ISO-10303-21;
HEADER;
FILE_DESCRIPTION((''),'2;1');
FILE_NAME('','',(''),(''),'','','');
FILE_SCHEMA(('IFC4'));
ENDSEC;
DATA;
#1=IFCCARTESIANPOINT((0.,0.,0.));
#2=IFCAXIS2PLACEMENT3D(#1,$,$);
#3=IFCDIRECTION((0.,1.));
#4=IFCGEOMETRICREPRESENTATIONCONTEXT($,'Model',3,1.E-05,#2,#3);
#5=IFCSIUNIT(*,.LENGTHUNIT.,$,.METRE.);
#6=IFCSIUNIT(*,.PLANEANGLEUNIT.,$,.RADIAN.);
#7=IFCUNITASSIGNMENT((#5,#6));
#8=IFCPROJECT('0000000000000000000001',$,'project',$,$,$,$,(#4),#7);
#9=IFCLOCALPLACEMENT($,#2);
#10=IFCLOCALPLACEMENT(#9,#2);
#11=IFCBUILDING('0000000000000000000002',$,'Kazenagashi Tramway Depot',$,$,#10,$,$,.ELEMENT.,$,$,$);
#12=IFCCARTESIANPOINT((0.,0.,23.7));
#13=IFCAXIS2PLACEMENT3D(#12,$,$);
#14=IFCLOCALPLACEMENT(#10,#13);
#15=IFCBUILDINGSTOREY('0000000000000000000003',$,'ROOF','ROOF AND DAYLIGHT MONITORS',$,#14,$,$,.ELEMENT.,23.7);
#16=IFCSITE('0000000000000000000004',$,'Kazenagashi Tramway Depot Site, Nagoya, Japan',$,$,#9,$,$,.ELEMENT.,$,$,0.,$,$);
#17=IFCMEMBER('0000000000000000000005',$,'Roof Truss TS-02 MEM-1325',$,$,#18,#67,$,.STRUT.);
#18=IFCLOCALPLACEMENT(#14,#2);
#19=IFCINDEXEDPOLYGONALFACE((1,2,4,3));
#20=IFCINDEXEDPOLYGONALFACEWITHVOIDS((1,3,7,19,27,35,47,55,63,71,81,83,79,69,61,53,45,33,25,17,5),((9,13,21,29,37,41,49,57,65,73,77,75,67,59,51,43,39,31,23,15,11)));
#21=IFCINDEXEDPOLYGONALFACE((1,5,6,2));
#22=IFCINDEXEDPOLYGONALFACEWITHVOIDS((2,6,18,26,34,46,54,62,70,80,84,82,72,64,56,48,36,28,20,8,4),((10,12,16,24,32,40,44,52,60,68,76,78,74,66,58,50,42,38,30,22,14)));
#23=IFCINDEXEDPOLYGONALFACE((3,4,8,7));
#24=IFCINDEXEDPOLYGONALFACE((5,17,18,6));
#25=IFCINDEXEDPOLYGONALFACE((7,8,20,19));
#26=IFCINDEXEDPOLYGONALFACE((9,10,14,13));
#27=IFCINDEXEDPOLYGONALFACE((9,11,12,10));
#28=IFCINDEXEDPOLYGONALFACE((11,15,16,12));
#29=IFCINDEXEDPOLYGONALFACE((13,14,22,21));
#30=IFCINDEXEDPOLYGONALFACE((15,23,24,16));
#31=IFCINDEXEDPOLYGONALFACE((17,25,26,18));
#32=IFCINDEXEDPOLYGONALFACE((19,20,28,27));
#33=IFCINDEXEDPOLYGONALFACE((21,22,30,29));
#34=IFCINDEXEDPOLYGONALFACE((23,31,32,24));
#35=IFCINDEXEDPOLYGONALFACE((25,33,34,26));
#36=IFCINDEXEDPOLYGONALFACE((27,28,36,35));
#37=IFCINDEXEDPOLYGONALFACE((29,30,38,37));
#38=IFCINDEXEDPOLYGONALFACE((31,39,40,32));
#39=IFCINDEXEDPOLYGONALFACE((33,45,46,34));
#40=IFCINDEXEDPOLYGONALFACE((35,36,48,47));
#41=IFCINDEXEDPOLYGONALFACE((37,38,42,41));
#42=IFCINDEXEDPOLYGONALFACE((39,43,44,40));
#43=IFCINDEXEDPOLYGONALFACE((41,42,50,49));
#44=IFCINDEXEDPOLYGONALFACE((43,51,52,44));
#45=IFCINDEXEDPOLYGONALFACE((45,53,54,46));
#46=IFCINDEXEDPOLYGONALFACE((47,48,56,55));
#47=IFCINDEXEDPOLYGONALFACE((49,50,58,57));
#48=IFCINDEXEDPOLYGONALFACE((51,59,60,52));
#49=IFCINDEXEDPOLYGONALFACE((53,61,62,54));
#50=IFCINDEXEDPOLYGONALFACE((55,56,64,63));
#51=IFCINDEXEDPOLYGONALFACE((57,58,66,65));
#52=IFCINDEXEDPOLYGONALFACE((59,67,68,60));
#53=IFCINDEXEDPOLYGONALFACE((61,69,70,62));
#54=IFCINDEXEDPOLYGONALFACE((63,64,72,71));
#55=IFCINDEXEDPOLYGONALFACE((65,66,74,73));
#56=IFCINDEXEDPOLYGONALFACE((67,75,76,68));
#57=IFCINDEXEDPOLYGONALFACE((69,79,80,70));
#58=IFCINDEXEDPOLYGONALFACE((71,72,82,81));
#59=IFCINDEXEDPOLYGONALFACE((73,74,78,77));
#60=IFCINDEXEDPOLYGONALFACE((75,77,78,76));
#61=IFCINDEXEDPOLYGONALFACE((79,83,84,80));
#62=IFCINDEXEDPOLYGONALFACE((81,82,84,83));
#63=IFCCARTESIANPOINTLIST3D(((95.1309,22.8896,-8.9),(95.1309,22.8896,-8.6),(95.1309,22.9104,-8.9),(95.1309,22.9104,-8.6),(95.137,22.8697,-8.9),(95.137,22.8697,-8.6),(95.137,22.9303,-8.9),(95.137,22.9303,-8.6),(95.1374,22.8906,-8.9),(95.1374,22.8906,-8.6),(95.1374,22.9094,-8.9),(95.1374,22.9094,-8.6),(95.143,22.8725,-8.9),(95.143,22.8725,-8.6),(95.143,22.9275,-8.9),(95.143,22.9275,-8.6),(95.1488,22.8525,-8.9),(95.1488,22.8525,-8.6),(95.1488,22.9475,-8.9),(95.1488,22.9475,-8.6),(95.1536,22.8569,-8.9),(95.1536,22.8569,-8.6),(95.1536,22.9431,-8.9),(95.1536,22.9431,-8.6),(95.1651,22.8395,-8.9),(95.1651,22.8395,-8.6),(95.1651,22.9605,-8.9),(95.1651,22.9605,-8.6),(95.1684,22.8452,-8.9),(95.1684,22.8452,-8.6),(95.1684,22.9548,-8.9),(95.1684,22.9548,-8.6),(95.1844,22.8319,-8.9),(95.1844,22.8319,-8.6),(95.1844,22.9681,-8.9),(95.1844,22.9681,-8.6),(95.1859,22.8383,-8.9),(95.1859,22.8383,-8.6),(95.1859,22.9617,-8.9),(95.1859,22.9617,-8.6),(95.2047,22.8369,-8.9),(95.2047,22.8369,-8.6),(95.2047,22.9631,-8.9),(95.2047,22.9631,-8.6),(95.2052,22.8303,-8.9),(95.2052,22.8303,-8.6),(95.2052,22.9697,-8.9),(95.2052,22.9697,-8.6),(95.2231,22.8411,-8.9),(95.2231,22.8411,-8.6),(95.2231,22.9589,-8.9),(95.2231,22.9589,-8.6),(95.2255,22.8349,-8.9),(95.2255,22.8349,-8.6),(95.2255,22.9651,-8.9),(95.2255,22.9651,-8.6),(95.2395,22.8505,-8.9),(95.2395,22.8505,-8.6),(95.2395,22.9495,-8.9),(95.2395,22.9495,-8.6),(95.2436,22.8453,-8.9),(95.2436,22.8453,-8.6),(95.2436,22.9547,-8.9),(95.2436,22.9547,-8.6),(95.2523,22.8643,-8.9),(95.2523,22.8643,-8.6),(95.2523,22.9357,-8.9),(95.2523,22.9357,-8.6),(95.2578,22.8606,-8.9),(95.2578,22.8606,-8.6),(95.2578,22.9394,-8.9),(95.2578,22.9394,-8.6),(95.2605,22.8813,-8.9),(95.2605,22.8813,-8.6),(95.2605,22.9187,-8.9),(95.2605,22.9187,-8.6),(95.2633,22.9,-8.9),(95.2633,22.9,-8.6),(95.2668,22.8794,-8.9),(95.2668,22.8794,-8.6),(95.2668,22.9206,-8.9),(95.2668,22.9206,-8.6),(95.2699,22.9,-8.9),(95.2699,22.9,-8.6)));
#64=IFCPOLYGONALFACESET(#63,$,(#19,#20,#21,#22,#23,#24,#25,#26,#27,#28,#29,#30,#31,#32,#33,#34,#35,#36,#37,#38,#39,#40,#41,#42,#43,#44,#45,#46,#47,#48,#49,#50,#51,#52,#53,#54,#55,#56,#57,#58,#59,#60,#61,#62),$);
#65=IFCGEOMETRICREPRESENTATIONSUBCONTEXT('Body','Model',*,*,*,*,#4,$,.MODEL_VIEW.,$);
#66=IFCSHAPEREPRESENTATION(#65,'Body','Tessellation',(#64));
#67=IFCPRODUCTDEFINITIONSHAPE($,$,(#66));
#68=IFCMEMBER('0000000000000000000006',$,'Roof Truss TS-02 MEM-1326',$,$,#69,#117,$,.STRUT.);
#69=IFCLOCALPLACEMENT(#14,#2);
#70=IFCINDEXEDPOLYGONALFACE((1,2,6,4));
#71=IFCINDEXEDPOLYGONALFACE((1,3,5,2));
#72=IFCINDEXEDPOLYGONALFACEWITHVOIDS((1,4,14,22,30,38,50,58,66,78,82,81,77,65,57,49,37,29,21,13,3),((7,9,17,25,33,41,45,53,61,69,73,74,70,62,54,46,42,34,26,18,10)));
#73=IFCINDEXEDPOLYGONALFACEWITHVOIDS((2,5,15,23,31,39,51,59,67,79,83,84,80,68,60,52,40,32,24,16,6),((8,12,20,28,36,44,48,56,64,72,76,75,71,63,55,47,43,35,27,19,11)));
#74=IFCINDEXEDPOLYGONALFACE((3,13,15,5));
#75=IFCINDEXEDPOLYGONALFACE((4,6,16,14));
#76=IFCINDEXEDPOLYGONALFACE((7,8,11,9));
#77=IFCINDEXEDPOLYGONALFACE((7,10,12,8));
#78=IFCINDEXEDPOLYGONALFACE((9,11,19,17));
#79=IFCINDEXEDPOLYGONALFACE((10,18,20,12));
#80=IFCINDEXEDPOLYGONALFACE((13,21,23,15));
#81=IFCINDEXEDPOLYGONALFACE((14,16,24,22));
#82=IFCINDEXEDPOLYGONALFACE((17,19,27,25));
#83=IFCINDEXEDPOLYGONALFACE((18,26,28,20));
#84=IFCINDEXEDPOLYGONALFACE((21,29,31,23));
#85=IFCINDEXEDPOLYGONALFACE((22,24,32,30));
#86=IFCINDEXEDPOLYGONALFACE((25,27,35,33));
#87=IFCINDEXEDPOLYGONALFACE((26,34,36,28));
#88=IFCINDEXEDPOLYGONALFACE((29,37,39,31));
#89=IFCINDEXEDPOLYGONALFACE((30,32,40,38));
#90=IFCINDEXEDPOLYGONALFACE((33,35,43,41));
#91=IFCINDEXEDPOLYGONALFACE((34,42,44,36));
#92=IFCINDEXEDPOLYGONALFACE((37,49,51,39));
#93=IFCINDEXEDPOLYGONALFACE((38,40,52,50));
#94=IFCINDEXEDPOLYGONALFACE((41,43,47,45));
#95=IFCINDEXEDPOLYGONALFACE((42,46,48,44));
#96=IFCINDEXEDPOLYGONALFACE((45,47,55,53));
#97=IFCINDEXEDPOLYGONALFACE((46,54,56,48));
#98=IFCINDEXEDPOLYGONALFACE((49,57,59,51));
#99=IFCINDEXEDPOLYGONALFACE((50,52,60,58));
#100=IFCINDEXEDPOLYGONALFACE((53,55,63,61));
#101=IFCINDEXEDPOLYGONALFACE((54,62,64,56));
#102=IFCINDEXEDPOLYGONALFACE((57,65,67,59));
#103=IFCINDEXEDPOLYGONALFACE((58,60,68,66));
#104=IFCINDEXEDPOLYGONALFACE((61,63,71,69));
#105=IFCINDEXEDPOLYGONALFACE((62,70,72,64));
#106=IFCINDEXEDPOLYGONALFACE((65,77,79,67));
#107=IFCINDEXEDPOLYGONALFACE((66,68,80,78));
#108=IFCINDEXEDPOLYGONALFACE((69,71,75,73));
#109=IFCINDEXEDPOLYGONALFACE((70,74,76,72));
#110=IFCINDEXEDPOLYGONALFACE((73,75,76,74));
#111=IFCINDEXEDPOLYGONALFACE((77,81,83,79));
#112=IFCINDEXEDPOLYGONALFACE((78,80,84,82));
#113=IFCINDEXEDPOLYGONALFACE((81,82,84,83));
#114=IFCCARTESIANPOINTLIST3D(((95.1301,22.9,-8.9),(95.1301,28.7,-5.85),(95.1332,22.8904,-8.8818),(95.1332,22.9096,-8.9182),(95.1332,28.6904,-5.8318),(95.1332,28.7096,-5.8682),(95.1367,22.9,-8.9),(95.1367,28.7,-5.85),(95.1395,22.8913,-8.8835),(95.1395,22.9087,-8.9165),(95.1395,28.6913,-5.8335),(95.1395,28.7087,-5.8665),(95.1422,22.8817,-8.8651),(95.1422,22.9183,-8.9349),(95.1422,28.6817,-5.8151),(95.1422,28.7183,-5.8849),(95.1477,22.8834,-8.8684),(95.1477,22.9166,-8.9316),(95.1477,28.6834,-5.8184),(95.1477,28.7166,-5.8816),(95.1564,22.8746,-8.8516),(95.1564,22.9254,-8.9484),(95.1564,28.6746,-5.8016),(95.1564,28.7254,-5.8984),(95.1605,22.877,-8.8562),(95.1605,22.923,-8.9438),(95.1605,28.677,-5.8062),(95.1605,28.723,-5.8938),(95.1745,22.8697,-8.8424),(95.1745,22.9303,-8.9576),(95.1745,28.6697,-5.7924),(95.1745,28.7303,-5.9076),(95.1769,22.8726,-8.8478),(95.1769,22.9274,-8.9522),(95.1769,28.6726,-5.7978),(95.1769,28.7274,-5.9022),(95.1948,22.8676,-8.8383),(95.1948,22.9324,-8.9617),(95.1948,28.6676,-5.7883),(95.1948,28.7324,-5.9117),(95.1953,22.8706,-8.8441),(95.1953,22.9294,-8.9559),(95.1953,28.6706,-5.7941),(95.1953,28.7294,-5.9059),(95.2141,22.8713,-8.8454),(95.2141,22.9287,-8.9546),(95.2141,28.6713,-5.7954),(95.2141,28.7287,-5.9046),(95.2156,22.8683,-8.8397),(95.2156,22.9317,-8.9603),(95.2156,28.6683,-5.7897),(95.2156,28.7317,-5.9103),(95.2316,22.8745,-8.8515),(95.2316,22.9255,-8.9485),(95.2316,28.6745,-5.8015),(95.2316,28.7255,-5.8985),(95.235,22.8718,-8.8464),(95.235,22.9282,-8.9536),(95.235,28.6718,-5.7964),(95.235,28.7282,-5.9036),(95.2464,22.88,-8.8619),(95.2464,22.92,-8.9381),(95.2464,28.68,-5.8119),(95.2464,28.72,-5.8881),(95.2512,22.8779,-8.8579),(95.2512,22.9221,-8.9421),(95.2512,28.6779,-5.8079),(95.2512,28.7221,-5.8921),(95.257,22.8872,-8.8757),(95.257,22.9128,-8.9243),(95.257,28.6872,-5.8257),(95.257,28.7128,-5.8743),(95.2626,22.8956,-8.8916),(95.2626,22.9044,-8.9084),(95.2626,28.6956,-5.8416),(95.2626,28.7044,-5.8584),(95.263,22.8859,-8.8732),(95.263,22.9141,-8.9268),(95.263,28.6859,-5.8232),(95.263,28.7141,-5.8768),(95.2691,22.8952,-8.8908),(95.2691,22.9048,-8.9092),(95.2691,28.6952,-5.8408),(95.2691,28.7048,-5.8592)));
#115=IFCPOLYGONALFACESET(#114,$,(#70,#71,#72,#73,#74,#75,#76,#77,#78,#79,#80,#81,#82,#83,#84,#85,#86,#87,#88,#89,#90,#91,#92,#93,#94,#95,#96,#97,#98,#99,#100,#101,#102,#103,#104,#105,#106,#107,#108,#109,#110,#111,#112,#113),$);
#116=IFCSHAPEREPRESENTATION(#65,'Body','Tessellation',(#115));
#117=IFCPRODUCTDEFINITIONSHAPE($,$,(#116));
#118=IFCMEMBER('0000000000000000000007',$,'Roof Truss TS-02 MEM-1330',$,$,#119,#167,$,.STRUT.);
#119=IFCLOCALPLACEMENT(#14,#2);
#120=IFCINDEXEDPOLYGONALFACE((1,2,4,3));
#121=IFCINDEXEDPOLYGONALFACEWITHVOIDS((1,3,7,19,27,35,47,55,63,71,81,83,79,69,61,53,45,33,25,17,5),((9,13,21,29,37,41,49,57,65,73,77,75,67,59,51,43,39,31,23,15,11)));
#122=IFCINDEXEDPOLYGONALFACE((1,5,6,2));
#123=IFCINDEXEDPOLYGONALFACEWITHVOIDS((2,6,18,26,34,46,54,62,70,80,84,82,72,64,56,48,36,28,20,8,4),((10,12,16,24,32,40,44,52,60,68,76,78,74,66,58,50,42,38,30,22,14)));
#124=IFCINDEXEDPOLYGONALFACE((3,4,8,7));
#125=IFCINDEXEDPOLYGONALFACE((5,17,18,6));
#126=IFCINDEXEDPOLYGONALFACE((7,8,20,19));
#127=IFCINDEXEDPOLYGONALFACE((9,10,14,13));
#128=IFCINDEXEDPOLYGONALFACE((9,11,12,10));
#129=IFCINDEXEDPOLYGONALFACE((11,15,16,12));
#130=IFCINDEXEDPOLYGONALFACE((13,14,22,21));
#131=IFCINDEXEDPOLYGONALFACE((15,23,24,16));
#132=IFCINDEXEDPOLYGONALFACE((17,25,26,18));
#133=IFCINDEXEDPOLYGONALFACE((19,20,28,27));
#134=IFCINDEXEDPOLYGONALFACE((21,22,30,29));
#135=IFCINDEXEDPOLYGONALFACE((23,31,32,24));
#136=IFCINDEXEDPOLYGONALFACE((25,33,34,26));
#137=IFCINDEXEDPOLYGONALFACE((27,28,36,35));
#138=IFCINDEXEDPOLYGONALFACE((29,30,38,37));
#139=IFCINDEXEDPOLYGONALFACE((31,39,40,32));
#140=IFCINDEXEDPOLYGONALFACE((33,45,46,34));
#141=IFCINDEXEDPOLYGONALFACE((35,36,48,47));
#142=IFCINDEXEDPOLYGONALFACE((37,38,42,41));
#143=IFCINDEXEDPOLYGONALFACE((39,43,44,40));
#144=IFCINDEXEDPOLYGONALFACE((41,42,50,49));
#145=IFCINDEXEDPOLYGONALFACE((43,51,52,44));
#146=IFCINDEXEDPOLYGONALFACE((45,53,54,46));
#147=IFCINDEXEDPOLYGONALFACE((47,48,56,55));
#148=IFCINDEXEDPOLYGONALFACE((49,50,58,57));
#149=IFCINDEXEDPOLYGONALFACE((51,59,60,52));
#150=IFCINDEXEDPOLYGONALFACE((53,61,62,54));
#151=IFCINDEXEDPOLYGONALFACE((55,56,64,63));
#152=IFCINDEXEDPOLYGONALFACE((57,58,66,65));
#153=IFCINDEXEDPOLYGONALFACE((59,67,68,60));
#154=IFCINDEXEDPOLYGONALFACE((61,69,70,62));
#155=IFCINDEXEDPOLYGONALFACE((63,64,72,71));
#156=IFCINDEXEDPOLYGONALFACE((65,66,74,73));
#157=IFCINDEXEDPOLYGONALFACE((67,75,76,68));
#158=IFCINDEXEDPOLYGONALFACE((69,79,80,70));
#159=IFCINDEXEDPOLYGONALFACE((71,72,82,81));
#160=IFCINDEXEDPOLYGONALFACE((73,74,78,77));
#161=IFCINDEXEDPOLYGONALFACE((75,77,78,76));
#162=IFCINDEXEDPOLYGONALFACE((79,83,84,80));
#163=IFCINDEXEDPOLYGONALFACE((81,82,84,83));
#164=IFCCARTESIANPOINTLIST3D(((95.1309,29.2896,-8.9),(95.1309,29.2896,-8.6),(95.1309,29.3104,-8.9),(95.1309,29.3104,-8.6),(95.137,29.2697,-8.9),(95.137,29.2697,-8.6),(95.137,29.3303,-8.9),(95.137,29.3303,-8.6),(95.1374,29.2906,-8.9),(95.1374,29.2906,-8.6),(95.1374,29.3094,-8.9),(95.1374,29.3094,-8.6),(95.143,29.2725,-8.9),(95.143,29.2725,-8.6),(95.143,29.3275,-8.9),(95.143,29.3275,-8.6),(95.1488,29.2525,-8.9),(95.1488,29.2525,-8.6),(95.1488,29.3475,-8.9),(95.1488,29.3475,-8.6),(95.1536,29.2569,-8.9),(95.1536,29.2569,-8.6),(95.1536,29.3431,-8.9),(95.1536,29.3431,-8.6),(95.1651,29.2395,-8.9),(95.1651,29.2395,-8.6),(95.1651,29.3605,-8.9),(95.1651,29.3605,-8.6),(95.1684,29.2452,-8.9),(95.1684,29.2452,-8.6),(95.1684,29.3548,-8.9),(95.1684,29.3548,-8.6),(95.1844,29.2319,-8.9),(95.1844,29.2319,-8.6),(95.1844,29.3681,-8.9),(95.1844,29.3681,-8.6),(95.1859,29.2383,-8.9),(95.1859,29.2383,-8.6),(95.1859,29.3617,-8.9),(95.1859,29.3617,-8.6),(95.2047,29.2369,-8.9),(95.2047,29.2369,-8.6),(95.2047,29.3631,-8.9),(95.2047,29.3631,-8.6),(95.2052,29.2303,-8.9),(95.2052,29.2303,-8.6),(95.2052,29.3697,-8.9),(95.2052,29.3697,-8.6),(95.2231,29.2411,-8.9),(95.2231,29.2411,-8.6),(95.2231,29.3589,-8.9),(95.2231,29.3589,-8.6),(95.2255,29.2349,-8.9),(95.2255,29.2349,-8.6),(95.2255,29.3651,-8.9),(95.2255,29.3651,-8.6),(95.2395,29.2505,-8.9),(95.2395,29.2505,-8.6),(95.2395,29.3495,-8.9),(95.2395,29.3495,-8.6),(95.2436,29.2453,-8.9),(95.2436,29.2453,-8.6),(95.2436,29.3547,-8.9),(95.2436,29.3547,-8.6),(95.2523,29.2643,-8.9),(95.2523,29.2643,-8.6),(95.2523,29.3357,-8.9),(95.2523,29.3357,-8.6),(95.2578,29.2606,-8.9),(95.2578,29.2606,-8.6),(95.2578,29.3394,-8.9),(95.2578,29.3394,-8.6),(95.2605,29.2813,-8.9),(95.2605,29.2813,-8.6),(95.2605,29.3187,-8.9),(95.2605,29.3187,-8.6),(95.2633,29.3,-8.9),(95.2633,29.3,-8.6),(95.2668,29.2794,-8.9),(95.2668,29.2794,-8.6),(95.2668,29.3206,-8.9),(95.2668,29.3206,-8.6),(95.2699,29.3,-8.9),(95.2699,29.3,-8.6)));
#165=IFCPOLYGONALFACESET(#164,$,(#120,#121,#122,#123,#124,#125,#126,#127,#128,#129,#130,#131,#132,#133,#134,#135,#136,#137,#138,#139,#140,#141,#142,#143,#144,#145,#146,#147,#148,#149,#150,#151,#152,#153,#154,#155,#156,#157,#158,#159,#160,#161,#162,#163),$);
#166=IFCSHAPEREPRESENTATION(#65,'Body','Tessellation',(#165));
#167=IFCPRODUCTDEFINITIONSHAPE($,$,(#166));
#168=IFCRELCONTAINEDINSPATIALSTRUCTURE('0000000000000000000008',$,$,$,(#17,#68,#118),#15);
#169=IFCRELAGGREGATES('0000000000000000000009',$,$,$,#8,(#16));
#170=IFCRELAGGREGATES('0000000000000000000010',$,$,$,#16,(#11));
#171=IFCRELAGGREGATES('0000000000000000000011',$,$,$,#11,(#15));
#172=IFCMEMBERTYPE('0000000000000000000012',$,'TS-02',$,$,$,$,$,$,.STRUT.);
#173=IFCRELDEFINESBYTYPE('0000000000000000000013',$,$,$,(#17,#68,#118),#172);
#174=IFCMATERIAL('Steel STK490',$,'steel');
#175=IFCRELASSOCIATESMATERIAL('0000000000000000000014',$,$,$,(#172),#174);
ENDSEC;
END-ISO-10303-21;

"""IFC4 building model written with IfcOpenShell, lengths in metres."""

from ifc_helpers import new_model, si_unit, direction, frame, origin, origin_2d, place, context, subcontext, project, spatial, hollow_circle, extrude, material, material_profile, profile_set, type_object, element, save


model = new_model("IFC4")

# Units and contexts
model_context = context("Model", 3, precision=1e-05, world=origin(), true_north=direction((0.0, 1.0)))
body_context = subcontext(model_context, "Body", "Model", "MODEL_VIEW")
ifc_project = project(units=[si_unit("LENGTHUNIT", "METRE"), si_unit("PLANEANGLEUNIT", "RADIAN")], contexts=[model_context])

# Site, building, storey
site_placement = place(None, origin())
site = spatial("IfcSite", under=ifc_project, at=site_placement, Name="Kazenagashi Tramway Depot Site, Nagoya, Japan", CompositionType="ELEMENT", RefElevation=0.0)
building_placement = place(site_placement, origin())
building = spatial("IfcBuilding", under=site, at=building_placement, Name="Kazenagashi Tramway Depot", CompositionType="ELEMENT")
storey_placement = place(building_placement, frame((0.0, 0.0, 23.7)))
storey = spatial("IfcBuildingStorey", under=building, at=storey_placement, Name="ROOF", Description="ROOF AND DAYLIGHT MONITORS", CompositionType="ELEMENT", Elevation=23.7)

# Members
ifc_material_1 = material(Name="Steel STK490", Category="steel")
ifc_material_profile_1 = material_profile(ifc_material_1, hollow_circle(Radius=0.0699, WallThickness=0.0066, at=origin_2d()), Name="CHS-139.8x6.6")
ifc_profile_set_1 = profile_set([ifc_material_profile_1], Name="Steel STK490")
member_type_1 = type_object("IfcMemberType", Name="TS-02", PredefinedType="STRUT", material=ifc_profile_set_1)
member_1_placement = place(storey_placement, frame((95.2, 22.9, -8.9), z_axis=(0.0, 0.0, 1.0), x_axis=(1.0, 0.0, 0.0)))
element("IfcMember", 1, at=member_1_placement, inside=storey, type_object=member_type_1, Name="Roof Truss TS-02 MEM-1325", PredefinedType="STRUT", context=body_context, shape_type="SweptSolid", body=[
    extrude(hollow_circle(Radius=0.0699, WallThickness=0.0066, at=origin_2d()), origin(), (0.0, 0.0, 1.0), 0.3),
])
member_2_placement = place(storey_placement, frame((95.2, 22.9, -8.9), z_axis=(0.0, 0.885084, 0.465432), x_axis=(-1.0, 0.0, 0.0)))
element("IfcMember", 2, at=member_2_placement, inside=storey, type_object=member_type_1, Name="Roof Truss TS-02 MEM-1326", PredefinedType="STRUT", context=body_context, shape_type="SweptSolid", body=[
    extrude(hollow_circle(Radius=0.0699, WallThickness=0.0066, at=origin_2d()), origin(), (0.0, 0.0, 1.0), 6.5531),
])
for number, where, z_axis, x_axis, name in (
    (3, (95.2, 29.3, -8.9), (0.0, 0.0, 1.0), (1.0, 0.0, 0.0), "Roof Truss TS-02 MEM-1330"),
):
    element("IfcMember", number, at=place(storey_placement, frame(where, z_axis=z_axis, x_axis=x_axis)), inside=storey, type_object=member_type_1, Name=name, PredefinedType="STRUT", context=body_context, shape_type="SweptSolid", body=[
        extrude(hollow_circle(Radius=0.0699, WallThickness=0.0066, at=origin_2d()), origin(), (0.0, 0.0, 1.0), 0.3),
    ])

save(model, "model.ifc")
